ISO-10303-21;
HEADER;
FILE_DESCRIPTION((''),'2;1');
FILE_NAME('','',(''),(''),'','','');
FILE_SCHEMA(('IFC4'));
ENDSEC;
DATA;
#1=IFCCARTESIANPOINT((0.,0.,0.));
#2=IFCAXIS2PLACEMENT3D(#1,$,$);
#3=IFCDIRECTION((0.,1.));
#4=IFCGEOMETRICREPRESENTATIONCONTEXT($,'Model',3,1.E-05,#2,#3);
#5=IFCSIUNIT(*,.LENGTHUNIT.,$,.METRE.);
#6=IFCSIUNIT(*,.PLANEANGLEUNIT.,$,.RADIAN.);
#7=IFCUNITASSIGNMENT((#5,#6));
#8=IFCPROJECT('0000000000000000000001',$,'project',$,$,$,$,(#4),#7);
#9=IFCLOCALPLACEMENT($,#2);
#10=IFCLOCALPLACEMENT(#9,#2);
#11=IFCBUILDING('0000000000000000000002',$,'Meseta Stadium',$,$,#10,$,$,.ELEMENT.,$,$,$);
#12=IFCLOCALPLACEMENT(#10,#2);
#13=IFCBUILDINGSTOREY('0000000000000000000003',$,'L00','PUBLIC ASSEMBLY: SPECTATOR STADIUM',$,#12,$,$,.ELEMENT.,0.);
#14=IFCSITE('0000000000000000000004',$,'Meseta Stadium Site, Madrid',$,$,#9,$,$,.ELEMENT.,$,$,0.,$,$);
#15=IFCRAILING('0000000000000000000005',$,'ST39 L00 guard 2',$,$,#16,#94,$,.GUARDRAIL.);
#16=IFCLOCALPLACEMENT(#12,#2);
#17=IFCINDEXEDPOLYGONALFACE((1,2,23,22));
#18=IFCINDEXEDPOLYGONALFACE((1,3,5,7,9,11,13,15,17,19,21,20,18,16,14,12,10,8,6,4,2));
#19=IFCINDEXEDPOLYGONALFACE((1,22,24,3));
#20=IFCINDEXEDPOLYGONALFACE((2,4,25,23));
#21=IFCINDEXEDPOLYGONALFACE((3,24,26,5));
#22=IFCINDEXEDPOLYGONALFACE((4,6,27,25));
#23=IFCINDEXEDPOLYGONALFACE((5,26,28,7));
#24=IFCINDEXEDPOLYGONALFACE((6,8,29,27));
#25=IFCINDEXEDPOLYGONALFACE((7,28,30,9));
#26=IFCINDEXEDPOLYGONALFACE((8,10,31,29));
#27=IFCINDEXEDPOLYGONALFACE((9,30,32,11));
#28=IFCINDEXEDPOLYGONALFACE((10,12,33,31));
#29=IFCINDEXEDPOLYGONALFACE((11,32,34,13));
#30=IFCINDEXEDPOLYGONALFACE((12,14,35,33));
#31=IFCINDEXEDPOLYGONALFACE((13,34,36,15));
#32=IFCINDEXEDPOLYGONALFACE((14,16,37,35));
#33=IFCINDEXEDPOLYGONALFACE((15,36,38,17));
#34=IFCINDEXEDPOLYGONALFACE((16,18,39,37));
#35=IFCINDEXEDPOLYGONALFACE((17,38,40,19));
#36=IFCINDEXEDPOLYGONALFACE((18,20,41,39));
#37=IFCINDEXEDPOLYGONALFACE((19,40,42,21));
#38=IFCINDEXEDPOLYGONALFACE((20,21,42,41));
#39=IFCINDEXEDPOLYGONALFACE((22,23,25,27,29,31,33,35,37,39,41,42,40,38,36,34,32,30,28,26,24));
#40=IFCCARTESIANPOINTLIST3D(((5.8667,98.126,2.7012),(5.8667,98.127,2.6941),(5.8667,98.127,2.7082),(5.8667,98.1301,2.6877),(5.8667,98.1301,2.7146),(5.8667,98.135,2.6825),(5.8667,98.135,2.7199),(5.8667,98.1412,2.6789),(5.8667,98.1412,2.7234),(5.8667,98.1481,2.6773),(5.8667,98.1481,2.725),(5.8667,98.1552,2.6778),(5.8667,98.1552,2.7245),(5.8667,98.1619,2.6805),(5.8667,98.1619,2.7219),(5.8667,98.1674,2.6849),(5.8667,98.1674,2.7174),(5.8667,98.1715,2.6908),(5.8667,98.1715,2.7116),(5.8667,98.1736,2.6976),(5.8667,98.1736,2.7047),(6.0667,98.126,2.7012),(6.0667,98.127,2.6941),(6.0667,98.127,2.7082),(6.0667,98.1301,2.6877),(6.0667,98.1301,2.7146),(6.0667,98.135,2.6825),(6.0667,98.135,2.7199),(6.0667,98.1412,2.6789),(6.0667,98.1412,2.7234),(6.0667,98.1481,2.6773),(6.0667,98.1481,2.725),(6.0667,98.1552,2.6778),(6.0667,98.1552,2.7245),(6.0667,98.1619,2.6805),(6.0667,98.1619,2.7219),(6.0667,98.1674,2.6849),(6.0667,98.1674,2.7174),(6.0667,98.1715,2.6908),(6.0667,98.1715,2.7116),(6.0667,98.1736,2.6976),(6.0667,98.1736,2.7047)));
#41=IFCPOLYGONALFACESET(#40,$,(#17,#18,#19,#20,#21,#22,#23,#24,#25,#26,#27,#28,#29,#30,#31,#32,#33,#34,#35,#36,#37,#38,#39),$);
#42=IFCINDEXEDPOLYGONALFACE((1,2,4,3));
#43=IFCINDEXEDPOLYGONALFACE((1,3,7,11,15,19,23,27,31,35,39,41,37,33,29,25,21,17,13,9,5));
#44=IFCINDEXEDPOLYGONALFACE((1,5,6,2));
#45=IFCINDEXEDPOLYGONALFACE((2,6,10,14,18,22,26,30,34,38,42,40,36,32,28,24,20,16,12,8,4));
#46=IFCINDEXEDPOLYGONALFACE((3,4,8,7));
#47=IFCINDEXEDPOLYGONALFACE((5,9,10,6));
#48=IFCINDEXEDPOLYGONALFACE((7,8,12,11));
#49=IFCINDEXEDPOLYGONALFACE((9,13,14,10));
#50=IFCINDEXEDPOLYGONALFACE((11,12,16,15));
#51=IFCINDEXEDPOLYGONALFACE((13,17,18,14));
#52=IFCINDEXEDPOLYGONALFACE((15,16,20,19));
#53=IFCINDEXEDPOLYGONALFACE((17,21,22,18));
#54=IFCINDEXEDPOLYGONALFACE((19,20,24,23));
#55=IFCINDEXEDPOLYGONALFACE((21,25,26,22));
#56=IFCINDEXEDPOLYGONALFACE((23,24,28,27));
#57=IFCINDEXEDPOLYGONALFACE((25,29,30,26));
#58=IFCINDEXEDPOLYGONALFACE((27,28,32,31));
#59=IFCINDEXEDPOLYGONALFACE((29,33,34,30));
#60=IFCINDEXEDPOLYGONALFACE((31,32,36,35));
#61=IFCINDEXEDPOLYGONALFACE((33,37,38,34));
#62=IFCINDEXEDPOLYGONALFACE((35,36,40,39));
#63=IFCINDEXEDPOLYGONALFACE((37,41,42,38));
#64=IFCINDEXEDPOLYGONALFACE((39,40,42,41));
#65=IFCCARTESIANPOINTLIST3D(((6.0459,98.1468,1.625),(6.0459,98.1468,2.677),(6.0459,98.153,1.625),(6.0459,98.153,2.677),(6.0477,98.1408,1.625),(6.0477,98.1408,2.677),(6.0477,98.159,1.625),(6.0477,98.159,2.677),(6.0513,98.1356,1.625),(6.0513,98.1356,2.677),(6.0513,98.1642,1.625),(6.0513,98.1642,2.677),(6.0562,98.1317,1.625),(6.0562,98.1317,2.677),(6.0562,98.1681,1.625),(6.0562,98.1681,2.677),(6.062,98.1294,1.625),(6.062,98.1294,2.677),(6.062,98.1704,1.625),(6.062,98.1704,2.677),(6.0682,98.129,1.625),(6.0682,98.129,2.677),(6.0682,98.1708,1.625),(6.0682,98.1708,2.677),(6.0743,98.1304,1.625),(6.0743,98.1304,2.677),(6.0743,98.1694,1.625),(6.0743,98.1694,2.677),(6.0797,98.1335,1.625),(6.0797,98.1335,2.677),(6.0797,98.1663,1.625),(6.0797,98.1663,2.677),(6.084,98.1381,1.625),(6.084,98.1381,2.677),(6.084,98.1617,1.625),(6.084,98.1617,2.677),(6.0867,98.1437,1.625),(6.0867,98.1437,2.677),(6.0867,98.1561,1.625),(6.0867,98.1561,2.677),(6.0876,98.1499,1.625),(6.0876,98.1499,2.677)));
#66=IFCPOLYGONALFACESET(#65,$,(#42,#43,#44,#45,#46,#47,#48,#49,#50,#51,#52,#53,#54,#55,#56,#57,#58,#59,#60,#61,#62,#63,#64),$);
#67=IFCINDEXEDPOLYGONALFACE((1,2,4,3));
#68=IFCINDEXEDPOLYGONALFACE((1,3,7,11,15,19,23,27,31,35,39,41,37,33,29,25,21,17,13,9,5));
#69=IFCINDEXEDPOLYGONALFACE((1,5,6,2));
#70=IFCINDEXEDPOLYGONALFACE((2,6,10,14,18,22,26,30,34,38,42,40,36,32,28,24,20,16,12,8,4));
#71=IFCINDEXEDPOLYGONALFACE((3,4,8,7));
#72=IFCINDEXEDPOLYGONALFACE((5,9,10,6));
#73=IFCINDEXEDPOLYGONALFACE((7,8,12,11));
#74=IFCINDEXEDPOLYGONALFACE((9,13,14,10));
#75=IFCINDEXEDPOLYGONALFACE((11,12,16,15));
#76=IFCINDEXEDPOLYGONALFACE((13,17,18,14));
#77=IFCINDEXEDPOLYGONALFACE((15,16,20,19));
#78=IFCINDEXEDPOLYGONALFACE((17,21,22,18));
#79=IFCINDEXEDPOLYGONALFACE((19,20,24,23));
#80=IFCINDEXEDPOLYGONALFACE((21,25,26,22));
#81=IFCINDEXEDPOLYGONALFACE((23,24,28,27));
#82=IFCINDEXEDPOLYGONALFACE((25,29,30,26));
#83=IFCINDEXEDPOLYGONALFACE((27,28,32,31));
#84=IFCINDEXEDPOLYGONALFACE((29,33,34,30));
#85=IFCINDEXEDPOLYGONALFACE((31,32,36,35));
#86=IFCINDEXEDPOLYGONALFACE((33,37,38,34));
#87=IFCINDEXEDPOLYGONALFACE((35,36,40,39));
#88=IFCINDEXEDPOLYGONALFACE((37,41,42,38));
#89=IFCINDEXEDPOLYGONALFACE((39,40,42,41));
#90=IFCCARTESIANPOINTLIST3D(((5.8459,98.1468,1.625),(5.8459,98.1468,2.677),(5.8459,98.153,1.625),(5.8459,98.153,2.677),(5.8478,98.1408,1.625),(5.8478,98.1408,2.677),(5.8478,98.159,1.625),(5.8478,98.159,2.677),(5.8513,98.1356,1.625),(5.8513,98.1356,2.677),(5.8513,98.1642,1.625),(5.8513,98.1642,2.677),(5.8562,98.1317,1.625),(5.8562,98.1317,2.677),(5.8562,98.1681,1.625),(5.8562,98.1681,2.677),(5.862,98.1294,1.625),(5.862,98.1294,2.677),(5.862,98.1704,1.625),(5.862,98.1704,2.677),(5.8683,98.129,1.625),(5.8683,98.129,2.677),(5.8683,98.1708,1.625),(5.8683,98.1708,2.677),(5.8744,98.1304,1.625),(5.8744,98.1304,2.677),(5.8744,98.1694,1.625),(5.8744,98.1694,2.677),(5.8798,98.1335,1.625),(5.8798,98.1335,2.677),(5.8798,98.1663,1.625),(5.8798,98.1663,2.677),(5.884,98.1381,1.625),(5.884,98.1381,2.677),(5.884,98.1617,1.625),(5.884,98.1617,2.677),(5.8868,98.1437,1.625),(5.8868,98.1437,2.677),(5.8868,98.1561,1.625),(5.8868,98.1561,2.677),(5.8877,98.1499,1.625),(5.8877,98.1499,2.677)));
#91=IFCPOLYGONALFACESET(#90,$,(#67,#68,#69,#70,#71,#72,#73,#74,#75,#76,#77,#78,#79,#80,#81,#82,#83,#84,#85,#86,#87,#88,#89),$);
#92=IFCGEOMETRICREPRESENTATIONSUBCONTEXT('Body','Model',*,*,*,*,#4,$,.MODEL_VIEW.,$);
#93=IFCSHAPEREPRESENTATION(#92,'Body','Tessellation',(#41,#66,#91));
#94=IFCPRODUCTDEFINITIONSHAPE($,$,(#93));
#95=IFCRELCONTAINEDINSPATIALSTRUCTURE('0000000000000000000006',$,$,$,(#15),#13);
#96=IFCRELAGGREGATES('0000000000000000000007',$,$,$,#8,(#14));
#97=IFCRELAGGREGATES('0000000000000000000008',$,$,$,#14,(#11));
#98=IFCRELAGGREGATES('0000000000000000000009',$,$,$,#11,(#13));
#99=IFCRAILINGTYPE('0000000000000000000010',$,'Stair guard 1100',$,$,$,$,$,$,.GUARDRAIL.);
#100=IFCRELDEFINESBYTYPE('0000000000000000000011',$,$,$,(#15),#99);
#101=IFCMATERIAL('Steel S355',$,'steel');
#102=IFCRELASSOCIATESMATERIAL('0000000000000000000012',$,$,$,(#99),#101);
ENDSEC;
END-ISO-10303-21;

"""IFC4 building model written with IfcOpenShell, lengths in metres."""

from ifc_helpers import new_model, si_unit, direction, frame, origin, origin_2d, place, context, subcontext, project, spatial, circle, extrude, material, type_object, element, save


model = new_model("IFC4")

# Units and contexts
model_context = context("Model", 3, precision=1e-05, world=origin(), true_north=direction((0.0, 1.0)))
body_context = subcontext(model_context, "Body", "Model", "MODEL_VIEW")
ifc_project = project(units=[si_unit("LENGTHUNIT", "METRE"), si_unit("PLANEANGLEUNIT", "RADIAN")], contexts=[model_context])

# Site, building, storey
site_placement = place(None, origin())
site = spatial("IfcSite", under=ifc_project, at=site_placement, Name="Meseta Stadium Site, Madrid", CompositionType="ELEMENT", RefElevation=0.0)
building_placement = place(site_placement, origin())
building = spatial("IfcBuilding", under=site, at=building_placement, Name="Meseta Stadium", CompositionType="ELEMENT")
storey_placement = place(building_placement, origin())
storey = spatial("IfcBuildingStorey", under=building, at=storey_placement, Name="L00", Description="PUBLIC ASSEMBLY: SPECTATOR STADIUM", CompositionType="ELEMENT", Elevation=0.0)

# Railing
ifc_material_1 = material(Name="Steel S355", Category="steel")
railing_type_1 = type_object("IfcRailingType", Name="Stair guard 1100", PredefinedType="GUARDRAIL", material=ifc_material_1)
railing_1_placement = place(storey_placement, frame((6.0667, 98.1499, 1.625)))
element("IfcRailing", 1, at=railing_1_placement, inside=storey, type_object=railing_type_1, Name="ST39 L00 guard 2", PredefinedType="GUARDRAIL", context=body_context, shape_type="SweptSolid", body=[
    extrude(circle(Radius=0.0239, at=origin_2d()), frame((0.0, 0.0, 1.0762), z_axis=(-1.0, 0.0, 0.0), x_axis=(0.0, -1.0, 0.0)), (0.0, 0.0, 1.0), 0.2),
    extrude(circle(Radius=0.021, at=origin_2d()), origin(), (0.0, 0.0, 1.0), 1.052),
    extrude(circle(Radius=0.021, at=origin_2d()), frame((-0.2, 0.0, 0.0)), (0.0, 0.0, 1.0), 1.052),
])

save(model, "model.ifc")
